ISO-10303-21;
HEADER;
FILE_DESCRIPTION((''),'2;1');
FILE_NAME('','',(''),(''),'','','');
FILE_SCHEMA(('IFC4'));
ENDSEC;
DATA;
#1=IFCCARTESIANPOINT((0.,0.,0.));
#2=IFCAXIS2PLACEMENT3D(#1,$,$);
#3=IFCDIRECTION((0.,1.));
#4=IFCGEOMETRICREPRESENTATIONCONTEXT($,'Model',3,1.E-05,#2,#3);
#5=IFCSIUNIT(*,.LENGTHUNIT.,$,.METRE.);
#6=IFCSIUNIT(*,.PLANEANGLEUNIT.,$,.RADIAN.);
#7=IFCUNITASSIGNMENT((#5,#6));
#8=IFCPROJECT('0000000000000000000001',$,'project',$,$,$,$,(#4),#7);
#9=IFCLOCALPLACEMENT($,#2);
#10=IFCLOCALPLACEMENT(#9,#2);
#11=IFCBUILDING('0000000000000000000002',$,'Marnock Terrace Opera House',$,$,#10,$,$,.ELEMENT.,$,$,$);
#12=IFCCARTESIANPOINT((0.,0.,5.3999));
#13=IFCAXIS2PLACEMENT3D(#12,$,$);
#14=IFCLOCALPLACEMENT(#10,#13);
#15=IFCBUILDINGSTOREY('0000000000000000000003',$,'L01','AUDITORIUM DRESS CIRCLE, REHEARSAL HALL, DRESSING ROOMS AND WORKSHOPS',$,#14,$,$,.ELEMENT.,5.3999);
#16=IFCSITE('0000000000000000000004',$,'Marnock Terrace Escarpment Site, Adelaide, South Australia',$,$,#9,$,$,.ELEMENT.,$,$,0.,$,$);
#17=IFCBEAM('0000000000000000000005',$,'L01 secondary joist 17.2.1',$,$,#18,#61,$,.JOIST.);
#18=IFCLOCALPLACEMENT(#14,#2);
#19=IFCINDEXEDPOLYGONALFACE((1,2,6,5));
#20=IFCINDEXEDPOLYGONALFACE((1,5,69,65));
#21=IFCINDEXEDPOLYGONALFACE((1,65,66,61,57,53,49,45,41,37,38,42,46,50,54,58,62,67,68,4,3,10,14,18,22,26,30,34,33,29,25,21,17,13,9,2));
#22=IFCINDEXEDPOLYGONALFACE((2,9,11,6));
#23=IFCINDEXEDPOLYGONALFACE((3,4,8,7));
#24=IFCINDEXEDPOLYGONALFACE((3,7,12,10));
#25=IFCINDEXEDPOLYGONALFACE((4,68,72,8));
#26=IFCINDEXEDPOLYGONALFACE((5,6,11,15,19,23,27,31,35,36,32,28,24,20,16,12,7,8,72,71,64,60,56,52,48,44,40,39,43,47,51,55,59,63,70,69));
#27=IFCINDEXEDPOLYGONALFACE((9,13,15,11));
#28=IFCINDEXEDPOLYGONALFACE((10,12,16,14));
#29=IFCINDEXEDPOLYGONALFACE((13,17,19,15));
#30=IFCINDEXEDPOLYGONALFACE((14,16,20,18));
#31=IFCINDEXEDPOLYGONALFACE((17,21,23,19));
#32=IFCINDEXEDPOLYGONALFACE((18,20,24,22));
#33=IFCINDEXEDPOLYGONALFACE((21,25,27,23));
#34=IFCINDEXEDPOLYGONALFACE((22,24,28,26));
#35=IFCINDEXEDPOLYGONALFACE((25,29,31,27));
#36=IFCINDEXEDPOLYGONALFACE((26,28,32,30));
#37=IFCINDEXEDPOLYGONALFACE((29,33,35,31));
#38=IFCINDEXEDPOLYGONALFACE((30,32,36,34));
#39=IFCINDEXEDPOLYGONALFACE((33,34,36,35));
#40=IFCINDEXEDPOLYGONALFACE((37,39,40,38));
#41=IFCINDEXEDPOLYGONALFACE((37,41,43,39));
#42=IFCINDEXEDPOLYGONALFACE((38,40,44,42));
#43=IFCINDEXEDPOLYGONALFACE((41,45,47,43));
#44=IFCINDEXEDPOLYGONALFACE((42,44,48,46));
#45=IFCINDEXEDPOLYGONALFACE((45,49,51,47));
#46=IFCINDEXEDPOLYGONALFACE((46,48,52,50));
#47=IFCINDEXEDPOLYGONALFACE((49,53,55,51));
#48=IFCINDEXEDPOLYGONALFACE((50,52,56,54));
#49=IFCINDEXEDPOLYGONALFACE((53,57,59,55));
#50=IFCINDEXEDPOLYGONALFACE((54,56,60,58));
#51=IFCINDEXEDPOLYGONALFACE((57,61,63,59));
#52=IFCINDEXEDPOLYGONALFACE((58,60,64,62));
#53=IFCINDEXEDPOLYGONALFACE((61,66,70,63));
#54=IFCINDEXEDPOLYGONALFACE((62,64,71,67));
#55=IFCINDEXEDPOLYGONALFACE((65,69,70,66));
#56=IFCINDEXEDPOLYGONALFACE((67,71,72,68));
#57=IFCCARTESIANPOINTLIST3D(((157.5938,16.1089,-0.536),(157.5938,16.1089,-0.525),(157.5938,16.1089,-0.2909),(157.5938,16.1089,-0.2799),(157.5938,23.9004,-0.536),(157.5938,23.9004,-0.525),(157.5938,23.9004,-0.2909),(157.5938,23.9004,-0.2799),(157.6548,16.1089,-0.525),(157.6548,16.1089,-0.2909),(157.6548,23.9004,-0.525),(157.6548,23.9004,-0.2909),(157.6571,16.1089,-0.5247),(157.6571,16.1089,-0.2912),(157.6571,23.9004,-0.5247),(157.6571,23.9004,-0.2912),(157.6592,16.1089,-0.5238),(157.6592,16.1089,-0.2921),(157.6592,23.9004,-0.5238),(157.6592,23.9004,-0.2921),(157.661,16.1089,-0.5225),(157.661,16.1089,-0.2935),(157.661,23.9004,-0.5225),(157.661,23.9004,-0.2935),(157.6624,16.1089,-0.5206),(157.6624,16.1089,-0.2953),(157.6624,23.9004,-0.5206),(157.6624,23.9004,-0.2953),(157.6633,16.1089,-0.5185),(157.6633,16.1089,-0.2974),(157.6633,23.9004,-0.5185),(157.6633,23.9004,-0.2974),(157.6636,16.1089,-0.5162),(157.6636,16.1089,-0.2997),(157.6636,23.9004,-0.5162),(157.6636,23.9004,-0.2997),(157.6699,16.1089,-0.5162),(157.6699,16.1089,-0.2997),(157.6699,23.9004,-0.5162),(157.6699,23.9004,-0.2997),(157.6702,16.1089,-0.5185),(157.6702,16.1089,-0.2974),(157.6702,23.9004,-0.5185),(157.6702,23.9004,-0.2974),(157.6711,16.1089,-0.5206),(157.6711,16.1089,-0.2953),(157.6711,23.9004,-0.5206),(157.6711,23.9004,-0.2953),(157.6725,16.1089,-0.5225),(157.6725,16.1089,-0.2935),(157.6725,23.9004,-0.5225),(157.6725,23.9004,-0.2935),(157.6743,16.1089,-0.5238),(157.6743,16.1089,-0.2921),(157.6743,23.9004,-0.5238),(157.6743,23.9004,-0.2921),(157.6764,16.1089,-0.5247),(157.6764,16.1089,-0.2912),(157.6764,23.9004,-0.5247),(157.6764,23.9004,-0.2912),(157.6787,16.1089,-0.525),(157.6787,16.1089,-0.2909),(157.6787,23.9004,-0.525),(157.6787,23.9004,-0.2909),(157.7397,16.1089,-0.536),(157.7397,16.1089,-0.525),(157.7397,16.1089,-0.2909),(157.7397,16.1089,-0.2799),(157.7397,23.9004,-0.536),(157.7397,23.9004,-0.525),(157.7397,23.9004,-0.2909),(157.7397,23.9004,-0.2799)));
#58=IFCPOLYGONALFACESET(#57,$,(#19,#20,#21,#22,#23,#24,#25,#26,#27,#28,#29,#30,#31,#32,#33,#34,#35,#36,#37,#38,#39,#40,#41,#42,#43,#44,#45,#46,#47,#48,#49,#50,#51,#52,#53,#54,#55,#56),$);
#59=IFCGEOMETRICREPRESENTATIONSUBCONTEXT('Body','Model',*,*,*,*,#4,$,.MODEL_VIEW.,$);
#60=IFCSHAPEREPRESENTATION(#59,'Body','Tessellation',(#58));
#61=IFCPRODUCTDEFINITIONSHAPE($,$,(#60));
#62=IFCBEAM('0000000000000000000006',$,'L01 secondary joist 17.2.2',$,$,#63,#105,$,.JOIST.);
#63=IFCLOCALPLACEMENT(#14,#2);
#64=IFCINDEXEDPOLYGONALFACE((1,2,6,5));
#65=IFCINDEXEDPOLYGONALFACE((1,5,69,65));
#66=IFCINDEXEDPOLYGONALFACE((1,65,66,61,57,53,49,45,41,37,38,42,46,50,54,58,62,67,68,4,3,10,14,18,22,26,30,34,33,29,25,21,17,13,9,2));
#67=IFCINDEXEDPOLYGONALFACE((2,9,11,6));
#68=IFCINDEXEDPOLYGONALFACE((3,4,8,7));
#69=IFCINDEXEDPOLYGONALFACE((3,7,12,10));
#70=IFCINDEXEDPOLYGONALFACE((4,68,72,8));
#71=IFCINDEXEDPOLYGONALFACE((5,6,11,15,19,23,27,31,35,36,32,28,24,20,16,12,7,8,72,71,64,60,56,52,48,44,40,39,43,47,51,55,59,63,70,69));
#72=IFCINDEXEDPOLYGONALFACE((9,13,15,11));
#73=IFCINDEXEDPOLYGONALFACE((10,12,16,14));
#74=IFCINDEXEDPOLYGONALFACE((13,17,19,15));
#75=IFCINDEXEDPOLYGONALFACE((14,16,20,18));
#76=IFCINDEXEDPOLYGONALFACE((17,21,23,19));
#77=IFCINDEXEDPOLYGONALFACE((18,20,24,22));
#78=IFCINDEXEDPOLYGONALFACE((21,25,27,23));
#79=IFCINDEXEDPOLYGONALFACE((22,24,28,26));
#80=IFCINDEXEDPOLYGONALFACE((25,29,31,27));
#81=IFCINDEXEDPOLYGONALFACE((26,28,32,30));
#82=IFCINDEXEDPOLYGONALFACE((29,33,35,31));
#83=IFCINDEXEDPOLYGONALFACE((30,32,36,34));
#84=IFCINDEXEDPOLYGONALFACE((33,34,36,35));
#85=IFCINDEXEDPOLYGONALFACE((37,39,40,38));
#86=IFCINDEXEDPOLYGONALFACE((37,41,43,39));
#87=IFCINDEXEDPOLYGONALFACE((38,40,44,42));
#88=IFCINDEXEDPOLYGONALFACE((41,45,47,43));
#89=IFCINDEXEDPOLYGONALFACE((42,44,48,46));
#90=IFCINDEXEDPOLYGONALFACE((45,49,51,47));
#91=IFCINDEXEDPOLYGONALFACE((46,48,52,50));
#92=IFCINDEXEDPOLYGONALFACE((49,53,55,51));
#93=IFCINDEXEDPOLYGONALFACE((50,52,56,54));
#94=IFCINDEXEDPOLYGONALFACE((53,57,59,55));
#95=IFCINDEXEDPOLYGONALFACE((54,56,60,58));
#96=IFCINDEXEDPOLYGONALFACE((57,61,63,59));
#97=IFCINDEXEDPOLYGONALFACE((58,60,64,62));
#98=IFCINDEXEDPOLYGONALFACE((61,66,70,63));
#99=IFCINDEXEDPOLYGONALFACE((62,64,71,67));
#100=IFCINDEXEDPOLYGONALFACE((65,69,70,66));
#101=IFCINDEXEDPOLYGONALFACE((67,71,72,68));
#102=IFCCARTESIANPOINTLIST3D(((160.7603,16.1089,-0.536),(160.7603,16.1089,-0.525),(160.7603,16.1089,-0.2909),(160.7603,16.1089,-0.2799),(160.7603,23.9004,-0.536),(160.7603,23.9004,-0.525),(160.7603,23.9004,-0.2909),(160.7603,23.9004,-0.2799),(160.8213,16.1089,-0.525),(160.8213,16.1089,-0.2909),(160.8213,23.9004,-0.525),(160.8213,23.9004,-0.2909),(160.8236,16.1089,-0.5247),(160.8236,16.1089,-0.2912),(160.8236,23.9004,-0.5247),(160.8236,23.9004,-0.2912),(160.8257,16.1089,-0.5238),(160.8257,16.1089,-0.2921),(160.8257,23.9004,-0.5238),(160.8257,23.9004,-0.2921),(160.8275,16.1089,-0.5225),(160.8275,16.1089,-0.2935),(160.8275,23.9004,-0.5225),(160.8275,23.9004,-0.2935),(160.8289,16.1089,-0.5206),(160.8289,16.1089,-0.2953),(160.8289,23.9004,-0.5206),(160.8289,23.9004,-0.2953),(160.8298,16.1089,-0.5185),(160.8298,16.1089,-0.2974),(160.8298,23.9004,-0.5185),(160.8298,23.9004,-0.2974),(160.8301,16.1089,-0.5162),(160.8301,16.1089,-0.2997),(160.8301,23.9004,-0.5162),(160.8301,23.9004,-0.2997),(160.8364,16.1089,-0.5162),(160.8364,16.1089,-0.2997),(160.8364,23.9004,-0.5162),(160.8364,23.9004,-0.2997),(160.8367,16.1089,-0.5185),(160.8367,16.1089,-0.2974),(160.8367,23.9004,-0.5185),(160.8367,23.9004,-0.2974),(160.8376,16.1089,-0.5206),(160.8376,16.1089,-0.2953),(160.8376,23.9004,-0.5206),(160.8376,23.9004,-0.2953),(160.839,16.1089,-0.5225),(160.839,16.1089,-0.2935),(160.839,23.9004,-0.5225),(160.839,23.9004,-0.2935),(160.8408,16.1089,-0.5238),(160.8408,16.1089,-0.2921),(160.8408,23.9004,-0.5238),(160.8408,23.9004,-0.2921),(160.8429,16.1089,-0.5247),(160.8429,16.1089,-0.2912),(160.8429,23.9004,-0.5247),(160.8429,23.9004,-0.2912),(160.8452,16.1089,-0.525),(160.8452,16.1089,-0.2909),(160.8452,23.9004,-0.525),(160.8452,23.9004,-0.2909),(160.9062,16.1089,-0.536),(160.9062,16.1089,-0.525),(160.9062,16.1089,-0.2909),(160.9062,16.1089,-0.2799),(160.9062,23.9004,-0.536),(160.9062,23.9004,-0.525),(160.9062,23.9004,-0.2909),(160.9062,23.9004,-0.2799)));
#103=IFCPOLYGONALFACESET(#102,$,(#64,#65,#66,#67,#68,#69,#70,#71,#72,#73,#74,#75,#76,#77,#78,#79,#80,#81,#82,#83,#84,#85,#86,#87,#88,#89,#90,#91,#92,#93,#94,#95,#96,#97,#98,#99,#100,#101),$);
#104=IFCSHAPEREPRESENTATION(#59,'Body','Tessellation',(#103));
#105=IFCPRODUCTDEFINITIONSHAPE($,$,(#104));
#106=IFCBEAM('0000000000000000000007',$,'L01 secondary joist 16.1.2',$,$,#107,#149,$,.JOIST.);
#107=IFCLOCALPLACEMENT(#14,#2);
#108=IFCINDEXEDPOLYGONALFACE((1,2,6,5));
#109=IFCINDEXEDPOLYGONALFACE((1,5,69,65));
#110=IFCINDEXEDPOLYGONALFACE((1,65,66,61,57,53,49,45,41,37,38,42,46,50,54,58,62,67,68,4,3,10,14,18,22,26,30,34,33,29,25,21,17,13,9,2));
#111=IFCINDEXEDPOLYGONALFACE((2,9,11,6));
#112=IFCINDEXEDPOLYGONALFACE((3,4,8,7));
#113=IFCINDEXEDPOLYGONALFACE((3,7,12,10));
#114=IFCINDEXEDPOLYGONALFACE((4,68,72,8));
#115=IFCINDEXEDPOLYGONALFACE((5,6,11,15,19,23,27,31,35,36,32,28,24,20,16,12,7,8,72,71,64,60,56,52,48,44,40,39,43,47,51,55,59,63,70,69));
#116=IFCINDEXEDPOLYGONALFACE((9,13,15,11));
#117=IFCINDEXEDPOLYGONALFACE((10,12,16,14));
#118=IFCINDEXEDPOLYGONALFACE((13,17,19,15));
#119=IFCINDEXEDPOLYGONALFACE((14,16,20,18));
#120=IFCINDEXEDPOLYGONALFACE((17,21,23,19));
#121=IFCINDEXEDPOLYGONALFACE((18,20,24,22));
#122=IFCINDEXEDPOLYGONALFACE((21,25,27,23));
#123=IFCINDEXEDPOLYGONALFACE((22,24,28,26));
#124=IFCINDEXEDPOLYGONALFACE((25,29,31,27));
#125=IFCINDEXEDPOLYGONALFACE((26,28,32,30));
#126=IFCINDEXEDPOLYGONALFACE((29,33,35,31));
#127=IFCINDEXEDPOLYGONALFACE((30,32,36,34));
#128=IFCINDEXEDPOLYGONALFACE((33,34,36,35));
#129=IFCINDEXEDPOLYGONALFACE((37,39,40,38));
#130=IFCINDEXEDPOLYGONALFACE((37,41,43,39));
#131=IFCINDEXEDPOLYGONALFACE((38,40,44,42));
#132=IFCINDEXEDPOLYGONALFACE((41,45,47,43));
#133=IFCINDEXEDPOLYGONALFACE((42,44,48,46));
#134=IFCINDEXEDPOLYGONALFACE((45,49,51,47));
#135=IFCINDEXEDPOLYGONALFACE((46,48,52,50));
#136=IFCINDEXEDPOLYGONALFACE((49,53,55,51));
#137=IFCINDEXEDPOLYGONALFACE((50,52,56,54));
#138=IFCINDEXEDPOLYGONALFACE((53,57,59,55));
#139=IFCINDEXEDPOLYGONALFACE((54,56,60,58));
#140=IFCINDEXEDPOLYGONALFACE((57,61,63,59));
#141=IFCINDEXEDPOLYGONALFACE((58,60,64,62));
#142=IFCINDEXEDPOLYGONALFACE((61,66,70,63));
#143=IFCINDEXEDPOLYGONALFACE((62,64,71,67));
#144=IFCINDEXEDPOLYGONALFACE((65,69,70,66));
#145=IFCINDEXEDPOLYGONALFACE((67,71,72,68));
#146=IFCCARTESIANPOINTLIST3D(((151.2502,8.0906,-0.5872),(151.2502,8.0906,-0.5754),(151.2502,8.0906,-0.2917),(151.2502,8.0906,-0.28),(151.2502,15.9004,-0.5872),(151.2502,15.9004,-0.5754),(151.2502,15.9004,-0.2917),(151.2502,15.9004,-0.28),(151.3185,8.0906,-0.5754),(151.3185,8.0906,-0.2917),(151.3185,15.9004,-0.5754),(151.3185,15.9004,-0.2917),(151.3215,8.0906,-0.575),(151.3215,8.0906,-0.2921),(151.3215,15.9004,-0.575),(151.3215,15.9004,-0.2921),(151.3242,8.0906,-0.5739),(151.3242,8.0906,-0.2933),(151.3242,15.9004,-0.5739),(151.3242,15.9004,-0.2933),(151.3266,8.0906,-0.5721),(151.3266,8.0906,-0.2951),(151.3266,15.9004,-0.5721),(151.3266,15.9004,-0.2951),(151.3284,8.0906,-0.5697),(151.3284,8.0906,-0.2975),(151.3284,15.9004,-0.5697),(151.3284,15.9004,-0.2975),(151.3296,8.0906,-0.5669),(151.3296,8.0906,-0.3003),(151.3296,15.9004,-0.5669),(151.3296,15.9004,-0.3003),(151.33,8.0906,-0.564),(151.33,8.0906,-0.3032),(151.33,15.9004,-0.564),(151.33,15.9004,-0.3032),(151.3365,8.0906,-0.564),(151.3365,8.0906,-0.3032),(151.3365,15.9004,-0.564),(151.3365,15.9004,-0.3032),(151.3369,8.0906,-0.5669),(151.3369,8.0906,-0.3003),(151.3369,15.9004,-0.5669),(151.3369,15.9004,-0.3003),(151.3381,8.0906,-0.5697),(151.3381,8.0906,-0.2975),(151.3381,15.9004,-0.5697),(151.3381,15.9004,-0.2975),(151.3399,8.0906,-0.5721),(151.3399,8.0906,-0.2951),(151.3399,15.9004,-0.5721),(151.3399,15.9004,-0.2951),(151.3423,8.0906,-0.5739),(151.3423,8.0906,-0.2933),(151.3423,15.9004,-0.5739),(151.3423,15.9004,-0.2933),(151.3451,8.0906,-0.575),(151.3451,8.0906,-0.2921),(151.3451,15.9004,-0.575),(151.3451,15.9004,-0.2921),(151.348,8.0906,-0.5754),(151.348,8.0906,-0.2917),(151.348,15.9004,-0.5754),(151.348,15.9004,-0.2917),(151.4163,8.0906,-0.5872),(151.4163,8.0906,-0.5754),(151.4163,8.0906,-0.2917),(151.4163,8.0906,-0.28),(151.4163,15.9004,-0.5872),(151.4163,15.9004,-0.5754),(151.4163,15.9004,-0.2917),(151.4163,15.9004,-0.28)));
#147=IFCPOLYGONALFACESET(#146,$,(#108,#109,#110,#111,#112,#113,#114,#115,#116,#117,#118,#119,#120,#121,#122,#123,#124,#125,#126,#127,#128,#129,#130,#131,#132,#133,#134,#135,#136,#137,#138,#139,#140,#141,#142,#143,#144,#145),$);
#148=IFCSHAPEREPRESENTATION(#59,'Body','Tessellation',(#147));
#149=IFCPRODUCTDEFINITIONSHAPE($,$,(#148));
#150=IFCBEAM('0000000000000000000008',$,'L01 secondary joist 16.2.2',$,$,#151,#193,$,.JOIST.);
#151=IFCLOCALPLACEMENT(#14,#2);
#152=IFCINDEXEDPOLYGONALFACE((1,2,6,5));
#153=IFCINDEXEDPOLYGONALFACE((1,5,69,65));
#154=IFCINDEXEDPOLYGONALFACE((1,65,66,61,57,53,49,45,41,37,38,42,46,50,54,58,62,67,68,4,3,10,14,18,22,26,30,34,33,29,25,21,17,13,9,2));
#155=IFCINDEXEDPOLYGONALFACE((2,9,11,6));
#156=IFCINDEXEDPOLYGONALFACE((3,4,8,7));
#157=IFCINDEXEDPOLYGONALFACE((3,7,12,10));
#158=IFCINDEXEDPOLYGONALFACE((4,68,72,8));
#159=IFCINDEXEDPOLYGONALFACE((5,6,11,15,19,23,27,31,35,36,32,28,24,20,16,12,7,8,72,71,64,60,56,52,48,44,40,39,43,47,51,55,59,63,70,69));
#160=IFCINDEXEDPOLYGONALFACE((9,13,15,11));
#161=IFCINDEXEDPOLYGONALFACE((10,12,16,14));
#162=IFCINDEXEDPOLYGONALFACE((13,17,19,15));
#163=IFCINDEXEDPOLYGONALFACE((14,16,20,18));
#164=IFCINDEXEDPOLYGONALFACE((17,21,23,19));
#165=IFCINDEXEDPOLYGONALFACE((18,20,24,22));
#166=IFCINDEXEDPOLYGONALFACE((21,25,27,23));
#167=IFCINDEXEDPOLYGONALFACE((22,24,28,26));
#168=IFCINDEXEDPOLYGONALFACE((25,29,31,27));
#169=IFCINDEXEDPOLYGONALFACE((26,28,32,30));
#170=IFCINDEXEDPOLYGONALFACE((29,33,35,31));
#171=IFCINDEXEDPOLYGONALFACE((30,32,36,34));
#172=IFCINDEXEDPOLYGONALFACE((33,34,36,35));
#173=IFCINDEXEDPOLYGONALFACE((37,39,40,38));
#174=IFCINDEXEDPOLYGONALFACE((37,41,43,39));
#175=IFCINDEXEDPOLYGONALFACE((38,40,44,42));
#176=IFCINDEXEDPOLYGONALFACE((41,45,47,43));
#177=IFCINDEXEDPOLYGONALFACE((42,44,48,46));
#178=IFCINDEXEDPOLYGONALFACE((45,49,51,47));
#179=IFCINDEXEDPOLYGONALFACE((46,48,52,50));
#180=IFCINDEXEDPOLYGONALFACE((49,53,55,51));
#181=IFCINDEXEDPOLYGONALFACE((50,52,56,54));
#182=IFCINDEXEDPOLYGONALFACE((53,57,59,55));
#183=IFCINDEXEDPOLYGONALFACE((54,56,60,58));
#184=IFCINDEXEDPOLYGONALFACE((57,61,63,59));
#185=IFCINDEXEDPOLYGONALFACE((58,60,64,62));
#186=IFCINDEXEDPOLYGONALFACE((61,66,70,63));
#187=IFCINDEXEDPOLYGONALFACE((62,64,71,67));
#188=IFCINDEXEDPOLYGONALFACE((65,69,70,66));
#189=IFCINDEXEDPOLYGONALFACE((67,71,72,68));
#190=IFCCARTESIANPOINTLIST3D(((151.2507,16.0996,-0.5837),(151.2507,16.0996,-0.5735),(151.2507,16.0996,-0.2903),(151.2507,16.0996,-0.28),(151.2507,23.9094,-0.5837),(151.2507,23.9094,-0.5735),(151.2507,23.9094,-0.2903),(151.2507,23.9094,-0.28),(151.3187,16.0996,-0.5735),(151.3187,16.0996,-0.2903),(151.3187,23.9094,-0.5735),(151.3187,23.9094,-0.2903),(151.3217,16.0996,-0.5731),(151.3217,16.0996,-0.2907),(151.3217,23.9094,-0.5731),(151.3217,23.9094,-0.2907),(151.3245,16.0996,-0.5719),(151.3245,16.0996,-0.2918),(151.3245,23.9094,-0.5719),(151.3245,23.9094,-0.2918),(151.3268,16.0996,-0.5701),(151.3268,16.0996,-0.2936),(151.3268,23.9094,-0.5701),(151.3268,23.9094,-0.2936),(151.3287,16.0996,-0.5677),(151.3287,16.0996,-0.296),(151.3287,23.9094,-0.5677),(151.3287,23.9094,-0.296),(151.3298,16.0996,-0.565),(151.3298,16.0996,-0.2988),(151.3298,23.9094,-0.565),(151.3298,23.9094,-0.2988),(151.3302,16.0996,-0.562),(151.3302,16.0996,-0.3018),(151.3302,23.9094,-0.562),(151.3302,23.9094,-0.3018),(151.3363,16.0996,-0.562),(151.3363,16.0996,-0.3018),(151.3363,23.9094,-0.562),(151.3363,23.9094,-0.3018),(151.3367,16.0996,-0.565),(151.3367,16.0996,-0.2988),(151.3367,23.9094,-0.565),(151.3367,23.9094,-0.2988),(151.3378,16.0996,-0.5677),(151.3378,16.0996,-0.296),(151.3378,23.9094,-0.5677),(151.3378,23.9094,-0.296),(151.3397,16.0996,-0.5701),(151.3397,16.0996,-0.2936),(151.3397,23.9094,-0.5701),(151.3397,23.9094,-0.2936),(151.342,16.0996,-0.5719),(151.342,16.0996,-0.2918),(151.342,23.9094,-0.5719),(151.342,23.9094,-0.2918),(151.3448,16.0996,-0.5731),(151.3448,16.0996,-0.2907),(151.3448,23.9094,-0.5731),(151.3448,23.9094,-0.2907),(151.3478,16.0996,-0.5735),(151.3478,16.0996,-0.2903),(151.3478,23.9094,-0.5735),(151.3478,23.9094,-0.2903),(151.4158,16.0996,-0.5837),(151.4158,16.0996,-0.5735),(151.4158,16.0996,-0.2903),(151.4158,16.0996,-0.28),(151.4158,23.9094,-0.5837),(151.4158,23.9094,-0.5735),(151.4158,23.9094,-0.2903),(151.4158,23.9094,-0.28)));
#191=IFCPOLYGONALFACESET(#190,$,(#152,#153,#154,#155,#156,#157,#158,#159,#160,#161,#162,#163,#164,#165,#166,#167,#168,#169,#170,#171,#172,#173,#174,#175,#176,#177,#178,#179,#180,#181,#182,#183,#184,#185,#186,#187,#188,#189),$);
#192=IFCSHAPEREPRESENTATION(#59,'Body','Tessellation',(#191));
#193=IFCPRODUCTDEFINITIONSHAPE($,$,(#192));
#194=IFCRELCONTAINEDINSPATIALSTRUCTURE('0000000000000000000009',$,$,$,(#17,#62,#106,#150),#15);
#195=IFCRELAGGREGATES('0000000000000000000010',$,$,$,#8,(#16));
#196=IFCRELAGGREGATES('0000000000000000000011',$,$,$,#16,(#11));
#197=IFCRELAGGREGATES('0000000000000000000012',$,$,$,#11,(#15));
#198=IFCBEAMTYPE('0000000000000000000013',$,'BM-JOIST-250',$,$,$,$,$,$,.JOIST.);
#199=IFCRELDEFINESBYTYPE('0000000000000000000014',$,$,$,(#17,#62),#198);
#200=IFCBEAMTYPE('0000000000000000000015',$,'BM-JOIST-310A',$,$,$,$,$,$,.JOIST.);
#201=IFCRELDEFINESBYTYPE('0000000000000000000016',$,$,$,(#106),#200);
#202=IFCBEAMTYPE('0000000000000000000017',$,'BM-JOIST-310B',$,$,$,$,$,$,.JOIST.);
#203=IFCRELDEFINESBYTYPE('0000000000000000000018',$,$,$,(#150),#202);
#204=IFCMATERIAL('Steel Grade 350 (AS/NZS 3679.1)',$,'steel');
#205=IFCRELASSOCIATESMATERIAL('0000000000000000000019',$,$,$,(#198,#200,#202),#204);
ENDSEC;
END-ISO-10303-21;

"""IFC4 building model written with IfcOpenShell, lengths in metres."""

from ifc_helpers import new_model, si_unit, direction, frame, origin, origin_2d, place, context, subcontext, project, spatial, i_section, extrude, material, material_profile, profile_set, type_object, element, save


model = new_model("IFC4")

# Units and contexts
model_context = context("Model", 3, precision=1e-05, world=origin(), true_north=direction((0.0, 1.0)))
body_context = subcontext(model_context, "Body", "Model", "MODEL_VIEW")
ifc_project = project(units=[si_unit("LENGTHUNIT", "METRE"), si_unit("PLANEANGLEUNIT", "RADIAN")], contexts=[model_context])

# Site, building, storey
site_placement = place(None, origin())
site = spatial("IfcSite", under=ifc_project, at=site_placement, Name="Marnock Terrace Escarpment Site, Adelaide, South Australia", CompositionType="ELEMENT", RefElevation=0.0)
building_placement = place(site_placement, origin())
building = spatial("IfcBuilding", under=site, at=building_placement, Name="Marnock Terrace Opera House", CompositionType="ELEMENT")
storey_placement = place(building_placement, frame((0.0, 0.0, 5.3999)))
storey = spatial("IfcBuildingStorey", under=building, at=storey_placement, Name="L01", Description="AUDITORIUM DRESS CIRCLE, REHEARSAL HALL, DRESSING ROOMS AND WORKSHOPS", CompositionType="ELEMENT", Elevation=5.3999)

# Beams
ifc_material_1 = material(Name="Steel Grade 350 (AS/NZS 3679.1)", Category="steel")
ifc_material_profile_1 = material_profile(ifc_material_1, i_section(OverallWidth=0.146, OverallDepth=0.2561, WebThickness=0.0063, FlangeThickness=0.011, FilletRadius=0.0088, at=origin_2d()))
ifc_profile_set_1 = profile_set([ifc_material_profile_1], Name="Steel Grade 350 (AS/NZS 3679.1)")
beam_type_1 = type_object("IfcBeamType", Name="BM-JOIST-250", PredefinedType="JOIST", material=ifc_profile_set_1)
for number, where, z_axis, x_axis, name in (
    (1, (157.6667, 16.1089, -0.408), (0.0, 1.0, 0.0), (-1.0, 0.0, 0.0), "L01 secondary joist 17.2.1"),
    (2, (160.8333, 16.1089, -0.408), (0.0, 1.0, 0.0), (-1.0, 0.0, 0.0), "L01 secondary joist 17.2.2"),
):
    element("IfcBeam", number, at=place(storey_placement, frame(where, z_axis=z_axis, x_axis=x_axis)), inside=storey, type_object=beam_type_1, Name=name, PredefinedType="JOIST", context=body_context, shape_type="SweptSolid", body=[
        extrude(i_section(OverallWidth=0.146, OverallDepth=0.2561, WebThickness=0.0063, FlangeThickness=0.011, FilletRadius=0.0088, at=origin_2d()), origin(), (0.0, 0.0, 1.0), 7.7915),
    ])
ifc_material_profile_2 = material_profile(ifc_material_1, i_section(OverallWidth=0.166, OverallDepth=0.3071, WebThickness=0.0066, FlangeThickness=0.0117, FilletRadius=0.0115, at=origin_2d()))
ifc_profile_set_2 = profile_set([ifc_material_profile_2], Name="Steel Grade 350 (AS/NZS 3679.1)")
beam_type_2 = type_object("IfcBeamType", Name="BM-JOIST-310A", PredefinedType="JOIST", material=ifc_profile_set_2)
beam_1_placement = place(storey_placement, frame((151.3333, 8.0906, -0.4336), z_axis=(0.0, 1.0, 0.0), x_axis=(-1.0, 0.0, 0.0)))
element("IfcBeam", 3, at=beam_1_placement, inside=storey, type_object=beam_type_2, Name="L01 secondary joist 16.1.2", PredefinedType="JOIST", context=body_context, shape_type="SweptSolid", body=[
    extrude(i_section(OverallWidth=0.166, OverallDepth=0.3071, WebThickness=0.0066, FlangeThickness=0.0117, FilletRadius=0.0115, at=origin_2d()), origin(), (0.0, 0.0, 1.0), 7.8098),
])
ifc_material_profile_3 = material_profile(ifc_material_1, i_section(OverallWidth=0.165, OverallDepth=0.3037, WebThickness=0.0061, FlangeThickness=0.0103, FilletRadius=0.0115, at=origin_2d()))
ifc_profile_set_3 = profile_set([ifc_material_profile_3], Name="Steel Grade 350 (AS/NZS 3679.1)")
beam_type_3 = type_object("IfcBeamType", Name="BM-JOIST-310B", PredefinedType="JOIST", material=ifc_profile_set_3)
beam_2_placement = place(storey_placement, frame((151.3333, 16.0996, -0.4319), z_axis=(0.0, 1.0, 0.0), x_axis=(-1.0, 0.0, 0.0)))
element("IfcBeam", 4, at=beam_2_placement, inside=storey, type_object=beam_type_3, Name="L01 secondary joist 16.2.2", PredefinedType="JOIST", context=body_context, shape_type="SweptSolid", body=[
    extrude(i_section(OverallWidth=0.165, OverallDepth=0.3037, WebThickness=0.0061, FlangeThickness=0.0103, FilletRadius=0.0115, at=origin_2d()), origin(), (0.0, 0.0, 1.0), 7.8098),
])

save(model, "model.ifc")
